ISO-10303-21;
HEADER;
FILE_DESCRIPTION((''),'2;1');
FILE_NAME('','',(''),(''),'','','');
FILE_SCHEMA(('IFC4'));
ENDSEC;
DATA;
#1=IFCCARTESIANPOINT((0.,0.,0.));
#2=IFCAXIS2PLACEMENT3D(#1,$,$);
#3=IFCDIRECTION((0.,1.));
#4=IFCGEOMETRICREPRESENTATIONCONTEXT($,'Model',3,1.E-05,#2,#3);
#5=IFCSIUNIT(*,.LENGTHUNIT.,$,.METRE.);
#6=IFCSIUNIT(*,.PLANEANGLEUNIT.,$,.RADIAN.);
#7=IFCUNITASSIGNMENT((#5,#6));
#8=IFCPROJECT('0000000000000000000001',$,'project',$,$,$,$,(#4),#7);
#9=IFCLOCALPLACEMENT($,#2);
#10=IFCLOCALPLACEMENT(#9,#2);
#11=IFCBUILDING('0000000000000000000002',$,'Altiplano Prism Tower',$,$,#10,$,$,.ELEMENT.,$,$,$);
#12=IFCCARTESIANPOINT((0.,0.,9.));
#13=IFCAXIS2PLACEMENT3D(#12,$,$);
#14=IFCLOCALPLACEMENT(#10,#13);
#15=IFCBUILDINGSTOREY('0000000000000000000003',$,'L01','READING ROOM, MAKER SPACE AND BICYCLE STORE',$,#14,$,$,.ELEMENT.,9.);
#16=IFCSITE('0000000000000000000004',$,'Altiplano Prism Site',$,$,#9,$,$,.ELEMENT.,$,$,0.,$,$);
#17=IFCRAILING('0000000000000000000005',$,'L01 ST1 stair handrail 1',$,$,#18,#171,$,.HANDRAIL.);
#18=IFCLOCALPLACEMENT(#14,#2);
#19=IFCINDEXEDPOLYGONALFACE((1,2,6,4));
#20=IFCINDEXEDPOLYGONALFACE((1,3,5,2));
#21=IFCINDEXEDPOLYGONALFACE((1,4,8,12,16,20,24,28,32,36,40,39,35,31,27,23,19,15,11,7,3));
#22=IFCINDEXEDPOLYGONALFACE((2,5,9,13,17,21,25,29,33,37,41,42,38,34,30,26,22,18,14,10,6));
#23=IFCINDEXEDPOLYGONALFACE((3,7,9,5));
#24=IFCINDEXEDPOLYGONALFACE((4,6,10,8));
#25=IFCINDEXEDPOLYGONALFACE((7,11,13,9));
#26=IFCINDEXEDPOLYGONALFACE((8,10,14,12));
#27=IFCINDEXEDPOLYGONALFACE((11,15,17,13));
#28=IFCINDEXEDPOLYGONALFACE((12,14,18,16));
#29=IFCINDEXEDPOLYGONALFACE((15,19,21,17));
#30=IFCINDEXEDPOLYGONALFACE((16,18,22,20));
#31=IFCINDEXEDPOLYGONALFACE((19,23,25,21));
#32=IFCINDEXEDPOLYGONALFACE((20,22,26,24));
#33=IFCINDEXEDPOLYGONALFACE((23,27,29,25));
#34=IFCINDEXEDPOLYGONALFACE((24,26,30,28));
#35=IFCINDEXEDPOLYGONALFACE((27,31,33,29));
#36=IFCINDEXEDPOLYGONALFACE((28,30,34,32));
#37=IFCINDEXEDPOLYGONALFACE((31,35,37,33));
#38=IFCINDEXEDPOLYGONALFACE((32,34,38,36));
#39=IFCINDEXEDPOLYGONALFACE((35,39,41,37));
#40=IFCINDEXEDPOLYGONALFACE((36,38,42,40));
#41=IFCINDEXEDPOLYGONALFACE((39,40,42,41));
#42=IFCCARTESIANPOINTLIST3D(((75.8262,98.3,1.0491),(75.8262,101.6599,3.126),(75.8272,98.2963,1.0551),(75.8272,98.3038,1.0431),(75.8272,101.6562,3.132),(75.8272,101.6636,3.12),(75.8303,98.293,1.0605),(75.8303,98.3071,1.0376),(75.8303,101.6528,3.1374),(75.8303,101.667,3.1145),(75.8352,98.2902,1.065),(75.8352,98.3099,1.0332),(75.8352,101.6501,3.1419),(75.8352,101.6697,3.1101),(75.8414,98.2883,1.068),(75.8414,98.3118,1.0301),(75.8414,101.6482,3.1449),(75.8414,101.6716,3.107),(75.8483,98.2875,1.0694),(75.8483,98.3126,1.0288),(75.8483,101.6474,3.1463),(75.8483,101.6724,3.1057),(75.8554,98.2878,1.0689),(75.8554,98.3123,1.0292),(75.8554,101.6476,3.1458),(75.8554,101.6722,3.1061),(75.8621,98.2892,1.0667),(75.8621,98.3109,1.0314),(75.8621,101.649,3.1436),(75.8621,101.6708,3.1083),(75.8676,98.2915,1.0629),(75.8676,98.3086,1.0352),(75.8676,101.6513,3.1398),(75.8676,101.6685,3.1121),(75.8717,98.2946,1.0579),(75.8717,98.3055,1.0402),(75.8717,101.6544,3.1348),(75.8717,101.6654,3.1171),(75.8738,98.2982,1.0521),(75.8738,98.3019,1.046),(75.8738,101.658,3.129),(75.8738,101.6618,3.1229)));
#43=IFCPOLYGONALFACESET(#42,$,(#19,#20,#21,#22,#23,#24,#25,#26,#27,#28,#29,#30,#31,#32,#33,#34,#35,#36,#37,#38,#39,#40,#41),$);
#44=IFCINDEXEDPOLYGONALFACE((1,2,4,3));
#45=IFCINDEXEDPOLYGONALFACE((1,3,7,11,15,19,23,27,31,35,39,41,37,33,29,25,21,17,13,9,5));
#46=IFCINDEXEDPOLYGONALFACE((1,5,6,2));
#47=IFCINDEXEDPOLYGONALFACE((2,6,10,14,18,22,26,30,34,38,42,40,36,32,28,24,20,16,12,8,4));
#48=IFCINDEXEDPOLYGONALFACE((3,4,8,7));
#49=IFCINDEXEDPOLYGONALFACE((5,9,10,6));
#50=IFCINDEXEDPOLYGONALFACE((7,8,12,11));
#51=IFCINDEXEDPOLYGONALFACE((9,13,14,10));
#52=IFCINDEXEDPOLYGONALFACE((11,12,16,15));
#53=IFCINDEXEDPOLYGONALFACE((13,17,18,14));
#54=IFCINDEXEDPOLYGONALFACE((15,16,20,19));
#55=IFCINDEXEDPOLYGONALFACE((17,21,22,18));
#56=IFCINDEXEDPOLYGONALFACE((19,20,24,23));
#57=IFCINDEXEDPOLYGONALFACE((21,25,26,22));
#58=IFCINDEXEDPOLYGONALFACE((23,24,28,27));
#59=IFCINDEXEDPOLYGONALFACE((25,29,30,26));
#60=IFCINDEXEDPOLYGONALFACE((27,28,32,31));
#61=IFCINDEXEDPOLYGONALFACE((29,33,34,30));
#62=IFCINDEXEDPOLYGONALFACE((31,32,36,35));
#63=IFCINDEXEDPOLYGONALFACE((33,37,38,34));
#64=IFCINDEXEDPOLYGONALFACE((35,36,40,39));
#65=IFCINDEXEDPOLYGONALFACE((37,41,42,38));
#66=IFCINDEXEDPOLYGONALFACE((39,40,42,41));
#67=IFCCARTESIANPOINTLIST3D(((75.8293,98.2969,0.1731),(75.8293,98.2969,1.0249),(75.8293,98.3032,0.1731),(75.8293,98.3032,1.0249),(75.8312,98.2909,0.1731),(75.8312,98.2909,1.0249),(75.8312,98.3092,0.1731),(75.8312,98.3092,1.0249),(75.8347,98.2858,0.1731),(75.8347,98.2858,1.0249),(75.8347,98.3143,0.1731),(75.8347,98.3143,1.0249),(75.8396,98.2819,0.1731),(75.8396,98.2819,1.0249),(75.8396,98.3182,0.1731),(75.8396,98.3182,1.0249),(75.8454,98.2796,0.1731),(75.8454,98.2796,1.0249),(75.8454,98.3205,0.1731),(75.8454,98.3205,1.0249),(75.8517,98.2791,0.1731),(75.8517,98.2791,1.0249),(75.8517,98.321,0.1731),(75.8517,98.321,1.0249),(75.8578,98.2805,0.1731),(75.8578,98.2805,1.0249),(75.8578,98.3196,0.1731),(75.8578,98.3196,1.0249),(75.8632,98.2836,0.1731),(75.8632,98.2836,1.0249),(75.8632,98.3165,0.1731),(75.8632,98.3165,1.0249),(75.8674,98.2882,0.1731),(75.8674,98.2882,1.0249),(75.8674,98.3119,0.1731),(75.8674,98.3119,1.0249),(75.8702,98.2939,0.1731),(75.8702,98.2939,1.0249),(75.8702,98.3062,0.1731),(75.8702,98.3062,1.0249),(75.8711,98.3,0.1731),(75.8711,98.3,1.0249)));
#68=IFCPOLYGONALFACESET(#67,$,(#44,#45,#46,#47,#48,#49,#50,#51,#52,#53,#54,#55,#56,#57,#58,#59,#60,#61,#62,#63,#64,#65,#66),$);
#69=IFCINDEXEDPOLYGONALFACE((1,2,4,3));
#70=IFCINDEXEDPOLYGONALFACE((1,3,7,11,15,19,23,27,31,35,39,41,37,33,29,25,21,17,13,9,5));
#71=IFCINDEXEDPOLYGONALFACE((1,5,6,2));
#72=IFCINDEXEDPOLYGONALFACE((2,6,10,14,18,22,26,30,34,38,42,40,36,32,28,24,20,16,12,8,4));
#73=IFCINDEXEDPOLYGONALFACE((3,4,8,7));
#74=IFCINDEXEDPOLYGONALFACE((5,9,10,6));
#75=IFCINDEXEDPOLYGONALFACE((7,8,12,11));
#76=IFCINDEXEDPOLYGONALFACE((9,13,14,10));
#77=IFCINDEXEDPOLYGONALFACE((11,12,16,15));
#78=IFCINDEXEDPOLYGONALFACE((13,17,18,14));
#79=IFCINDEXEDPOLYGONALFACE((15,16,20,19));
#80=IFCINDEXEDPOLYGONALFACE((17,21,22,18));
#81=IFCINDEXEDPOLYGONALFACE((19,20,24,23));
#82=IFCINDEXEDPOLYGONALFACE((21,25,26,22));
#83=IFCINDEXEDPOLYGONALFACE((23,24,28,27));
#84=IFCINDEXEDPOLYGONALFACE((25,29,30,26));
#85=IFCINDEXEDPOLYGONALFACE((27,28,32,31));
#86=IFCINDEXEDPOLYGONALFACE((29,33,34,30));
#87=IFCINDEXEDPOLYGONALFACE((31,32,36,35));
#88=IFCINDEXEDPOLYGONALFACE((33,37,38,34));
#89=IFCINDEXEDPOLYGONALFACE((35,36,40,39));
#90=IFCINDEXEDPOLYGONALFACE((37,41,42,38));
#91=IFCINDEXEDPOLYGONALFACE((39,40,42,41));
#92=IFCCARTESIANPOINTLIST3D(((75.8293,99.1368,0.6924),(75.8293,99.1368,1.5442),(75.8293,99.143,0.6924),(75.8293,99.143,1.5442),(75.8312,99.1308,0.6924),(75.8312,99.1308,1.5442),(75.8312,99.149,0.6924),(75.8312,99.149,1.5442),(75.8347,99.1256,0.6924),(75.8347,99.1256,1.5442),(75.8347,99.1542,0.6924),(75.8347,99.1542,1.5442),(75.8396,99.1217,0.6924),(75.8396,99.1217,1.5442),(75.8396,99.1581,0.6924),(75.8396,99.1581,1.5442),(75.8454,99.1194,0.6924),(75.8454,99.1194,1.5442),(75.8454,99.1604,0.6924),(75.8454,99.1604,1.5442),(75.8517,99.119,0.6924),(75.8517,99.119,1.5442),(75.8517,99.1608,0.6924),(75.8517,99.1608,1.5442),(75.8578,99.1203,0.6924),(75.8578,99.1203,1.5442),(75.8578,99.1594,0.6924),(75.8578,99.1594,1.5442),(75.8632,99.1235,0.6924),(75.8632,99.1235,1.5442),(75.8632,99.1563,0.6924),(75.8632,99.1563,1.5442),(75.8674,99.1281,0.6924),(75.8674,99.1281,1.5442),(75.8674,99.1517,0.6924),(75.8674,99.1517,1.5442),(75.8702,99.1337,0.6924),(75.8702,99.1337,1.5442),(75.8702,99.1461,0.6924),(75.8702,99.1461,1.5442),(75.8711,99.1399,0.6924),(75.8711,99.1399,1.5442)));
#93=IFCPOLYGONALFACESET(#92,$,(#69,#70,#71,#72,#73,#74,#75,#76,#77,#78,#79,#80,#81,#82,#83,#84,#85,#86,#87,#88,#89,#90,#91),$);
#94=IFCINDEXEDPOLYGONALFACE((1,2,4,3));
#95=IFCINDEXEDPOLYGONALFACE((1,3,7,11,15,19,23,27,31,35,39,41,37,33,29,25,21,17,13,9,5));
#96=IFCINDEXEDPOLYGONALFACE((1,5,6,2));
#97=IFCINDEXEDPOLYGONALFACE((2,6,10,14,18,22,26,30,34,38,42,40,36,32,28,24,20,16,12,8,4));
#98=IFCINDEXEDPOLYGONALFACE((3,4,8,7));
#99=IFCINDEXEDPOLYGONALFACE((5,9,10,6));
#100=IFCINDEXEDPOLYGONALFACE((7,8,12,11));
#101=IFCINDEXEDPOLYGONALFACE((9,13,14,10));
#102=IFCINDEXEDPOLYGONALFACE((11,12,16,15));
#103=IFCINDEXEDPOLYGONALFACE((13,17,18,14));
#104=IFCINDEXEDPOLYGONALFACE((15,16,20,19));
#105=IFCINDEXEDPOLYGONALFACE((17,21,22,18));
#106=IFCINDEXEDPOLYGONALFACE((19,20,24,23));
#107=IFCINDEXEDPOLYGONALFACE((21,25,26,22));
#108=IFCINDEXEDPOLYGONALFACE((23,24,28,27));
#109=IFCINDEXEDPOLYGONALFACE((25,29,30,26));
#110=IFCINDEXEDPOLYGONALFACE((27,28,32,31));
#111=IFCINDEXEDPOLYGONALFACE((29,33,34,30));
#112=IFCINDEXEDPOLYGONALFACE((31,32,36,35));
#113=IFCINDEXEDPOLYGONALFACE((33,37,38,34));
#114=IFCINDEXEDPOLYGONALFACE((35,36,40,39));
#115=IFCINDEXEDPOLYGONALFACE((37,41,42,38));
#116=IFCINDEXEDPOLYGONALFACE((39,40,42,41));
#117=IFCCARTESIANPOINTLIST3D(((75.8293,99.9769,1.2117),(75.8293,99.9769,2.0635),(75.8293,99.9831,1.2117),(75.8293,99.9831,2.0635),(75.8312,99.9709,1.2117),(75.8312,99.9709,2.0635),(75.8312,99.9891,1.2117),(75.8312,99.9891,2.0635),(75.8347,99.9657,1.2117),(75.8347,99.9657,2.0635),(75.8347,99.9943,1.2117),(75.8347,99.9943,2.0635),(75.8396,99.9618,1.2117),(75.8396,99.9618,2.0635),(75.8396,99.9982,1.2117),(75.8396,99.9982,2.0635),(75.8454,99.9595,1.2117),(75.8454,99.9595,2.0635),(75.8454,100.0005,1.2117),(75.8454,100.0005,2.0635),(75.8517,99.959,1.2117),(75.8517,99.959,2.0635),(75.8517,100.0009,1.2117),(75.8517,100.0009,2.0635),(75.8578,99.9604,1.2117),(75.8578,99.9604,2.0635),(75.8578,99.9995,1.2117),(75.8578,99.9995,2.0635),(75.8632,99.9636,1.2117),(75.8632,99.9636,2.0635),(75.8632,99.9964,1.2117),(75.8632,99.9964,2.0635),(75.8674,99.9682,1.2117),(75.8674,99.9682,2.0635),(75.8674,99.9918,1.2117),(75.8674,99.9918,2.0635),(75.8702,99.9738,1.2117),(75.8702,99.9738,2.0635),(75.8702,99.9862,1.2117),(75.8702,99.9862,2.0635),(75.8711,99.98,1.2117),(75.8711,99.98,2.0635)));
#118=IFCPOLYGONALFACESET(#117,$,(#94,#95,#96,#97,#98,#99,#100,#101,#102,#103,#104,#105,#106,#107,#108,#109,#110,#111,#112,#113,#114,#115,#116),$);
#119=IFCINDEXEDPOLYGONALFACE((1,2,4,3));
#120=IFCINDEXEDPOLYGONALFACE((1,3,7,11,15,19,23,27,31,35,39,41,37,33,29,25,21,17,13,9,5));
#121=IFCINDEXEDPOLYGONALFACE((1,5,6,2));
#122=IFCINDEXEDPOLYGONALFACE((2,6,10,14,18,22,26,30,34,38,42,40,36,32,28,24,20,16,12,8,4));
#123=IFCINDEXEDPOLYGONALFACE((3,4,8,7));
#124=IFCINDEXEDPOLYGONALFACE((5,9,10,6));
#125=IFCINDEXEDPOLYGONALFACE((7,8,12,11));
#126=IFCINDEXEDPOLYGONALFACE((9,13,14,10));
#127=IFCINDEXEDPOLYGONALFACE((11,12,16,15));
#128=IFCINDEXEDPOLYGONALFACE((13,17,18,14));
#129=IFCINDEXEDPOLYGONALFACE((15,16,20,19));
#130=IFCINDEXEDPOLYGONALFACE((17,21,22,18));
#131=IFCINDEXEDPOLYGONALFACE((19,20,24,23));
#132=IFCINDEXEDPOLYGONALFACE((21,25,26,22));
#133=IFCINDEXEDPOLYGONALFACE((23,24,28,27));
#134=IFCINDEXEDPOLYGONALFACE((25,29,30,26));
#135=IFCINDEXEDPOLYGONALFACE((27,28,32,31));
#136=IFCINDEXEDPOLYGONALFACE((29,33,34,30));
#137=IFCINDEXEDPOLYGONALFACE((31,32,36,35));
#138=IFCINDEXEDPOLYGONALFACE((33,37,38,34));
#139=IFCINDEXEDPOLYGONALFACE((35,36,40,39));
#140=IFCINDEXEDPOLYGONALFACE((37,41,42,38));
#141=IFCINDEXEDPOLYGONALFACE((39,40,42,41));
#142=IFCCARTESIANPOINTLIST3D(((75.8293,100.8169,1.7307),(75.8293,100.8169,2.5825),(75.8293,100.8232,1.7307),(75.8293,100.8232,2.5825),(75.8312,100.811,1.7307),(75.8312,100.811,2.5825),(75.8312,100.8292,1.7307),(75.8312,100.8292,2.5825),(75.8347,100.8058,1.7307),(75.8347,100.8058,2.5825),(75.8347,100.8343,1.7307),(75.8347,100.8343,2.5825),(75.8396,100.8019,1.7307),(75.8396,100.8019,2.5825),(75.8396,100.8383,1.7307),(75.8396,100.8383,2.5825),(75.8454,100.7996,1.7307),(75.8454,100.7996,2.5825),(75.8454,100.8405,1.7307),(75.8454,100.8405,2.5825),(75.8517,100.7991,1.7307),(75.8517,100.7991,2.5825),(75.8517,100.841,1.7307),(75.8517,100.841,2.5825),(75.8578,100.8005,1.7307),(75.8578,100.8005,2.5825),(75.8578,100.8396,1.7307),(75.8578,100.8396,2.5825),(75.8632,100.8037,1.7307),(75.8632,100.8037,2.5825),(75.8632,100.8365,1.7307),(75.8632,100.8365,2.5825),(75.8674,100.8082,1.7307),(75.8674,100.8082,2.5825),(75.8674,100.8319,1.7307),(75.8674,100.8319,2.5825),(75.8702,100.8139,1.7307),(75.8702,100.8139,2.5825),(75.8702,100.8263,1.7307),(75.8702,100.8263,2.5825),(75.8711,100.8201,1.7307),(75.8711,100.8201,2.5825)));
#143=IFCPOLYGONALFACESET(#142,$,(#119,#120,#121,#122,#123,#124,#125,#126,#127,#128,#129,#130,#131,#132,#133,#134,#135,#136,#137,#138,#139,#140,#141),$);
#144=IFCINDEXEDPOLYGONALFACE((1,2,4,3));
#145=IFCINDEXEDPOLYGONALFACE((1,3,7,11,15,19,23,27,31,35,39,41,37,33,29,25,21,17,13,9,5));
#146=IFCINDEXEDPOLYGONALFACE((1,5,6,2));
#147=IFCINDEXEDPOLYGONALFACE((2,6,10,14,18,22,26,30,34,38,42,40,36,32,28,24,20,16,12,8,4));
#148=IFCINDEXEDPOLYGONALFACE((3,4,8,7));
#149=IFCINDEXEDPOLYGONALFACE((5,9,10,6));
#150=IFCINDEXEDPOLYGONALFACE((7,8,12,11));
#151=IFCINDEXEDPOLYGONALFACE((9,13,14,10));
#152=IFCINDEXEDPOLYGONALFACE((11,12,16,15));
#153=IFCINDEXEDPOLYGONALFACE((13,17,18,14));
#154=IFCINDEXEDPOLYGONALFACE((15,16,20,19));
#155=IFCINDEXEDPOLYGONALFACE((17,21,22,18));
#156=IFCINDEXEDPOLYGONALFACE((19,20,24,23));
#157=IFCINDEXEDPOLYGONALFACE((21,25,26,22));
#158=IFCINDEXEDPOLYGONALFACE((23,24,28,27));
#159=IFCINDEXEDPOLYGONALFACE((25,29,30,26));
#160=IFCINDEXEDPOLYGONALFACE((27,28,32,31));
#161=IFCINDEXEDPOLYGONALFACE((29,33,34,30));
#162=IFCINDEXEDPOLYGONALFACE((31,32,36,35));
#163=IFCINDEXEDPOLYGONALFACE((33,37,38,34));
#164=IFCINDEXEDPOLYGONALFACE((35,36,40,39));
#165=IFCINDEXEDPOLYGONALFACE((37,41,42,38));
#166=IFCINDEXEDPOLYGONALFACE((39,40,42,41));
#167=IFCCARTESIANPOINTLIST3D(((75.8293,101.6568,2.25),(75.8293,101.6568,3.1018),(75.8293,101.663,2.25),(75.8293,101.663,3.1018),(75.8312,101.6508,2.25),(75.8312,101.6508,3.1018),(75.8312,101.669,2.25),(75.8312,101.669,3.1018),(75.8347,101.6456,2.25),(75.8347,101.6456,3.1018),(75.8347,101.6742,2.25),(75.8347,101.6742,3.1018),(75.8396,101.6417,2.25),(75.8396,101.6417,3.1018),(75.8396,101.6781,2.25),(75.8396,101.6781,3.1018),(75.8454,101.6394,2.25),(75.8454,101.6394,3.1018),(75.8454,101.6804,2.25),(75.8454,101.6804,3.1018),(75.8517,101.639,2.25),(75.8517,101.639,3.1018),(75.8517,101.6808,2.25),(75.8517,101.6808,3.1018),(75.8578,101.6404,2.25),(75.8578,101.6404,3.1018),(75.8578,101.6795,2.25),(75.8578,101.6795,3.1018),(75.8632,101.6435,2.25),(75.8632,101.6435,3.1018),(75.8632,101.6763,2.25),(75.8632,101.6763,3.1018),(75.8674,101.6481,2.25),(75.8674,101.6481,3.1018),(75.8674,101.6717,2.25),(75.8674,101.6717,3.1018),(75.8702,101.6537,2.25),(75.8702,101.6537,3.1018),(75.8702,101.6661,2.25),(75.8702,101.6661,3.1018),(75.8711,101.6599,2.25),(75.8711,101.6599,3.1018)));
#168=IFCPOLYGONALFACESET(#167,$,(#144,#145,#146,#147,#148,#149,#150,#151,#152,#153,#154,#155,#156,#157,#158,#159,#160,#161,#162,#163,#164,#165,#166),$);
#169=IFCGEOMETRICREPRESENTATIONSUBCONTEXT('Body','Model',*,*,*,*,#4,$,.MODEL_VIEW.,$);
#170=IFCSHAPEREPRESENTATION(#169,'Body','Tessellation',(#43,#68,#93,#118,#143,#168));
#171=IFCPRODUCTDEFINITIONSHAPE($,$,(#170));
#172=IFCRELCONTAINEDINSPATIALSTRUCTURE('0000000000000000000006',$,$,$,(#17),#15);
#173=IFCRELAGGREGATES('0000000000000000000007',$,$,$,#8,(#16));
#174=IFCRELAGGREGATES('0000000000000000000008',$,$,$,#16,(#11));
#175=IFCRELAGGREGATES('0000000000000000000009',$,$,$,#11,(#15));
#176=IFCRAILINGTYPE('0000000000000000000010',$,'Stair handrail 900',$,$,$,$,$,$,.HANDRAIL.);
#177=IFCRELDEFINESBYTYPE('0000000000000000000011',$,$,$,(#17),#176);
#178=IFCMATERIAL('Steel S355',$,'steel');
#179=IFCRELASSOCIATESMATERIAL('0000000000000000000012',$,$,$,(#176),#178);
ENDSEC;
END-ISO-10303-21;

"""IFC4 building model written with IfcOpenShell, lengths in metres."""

from ifc_helpers import new_model, si_unit, direction, frame, origin, origin_2d, place, context, subcontext, project, spatial, circle, extrude, material, type_object, element, save


model = new_model("IFC4")

# Units and contexts
model_context = context("Model", 3, precision=1e-05, world=origin(), true_north=direction((0.0, 1.0)))
body_context = subcontext(model_context, "Body", "Model", "MODEL_VIEW")
ifc_project = project(units=[si_unit("LENGTHUNIT", "METRE"), si_unit("PLANEANGLEUNIT", "RADIAN")], contexts=[model_context])

# Site, building, storey
site_placement = place(None, origin())
site = spatial("IfcSite", under=ifc_project, at=site_placement, Name="Altiplano Prism Site", CompositionType="ELEMENT", RefElevation=0.0)
building_placement = place(site_placement, origin())
building = spatial("IfcBuilding", under=site, at=building_placement, Name="Altiplano Prism Tower", CompositionType="ELEMENT")
storey_placement = place(building_placement, frame((0.0, 0.0, 9.0)))
storey = spatial("IfcBuildingStorey", under=building, at=storey_placement, Name="L01", Description="READING ROOM, MAKER SPACE AND BICYCLE STORE", CompositionType="ELEMENT", Elevation=9.0)

# Railing
ifc_material_1 = material(Name="Steel S355", Category="steel")
railing_type_1 = type_object("IfcRailingType", Name="Stair handrail 900", PredefinedType="HANDRAIL", material=ifc_material_1)
railing_1_placement = place(storey_placement, frame((75.8501, 98.3, 0.1731)))
element("IfcRailing", 1, at=railing_1_placement, inside=storey, type_object=railing_type_1, Name="L01 ST1 stair handrail 1", PredefinedType="HANDRAIL", context=body_context, shape_type="SweptSolid", body=[
    extrude(circle(Radius=0.0239, at=origin_2d()), frame((0.0, 0.0, 0.876), z_axis=(0.0, 0.850606, 0.525803), x_axis=(-1.0, 0.0, 0.0)), (0.0, 0.0, 1.0), 3.95),
    extrude(circle(Radius=0.021, at=origin_2d()), origin(), (0.0, 0.0, 1.0), 0.8518),
    extrude(circle(Radius=0.021, at=origin_2d()), frame((0.0, 0.8398, 0.5193)), (0.0, 0.0, 1.0), 0.8518),
    extrude(circle(Radius=0.021, at=origin_2d()), frame((0.0, 1.6799, 1.0386)), (0.0, 0.0, 1.0), 0.8518),
    extrude(circle(Radius=0.021, at=origin_2d()), frame((0.0, 2.52, 1.5576)), (0.0, 0.0, 1.0), 0.8518),
    extrude(circle(Radius=0.021, at=origin_2d()), frame((0.0, 3.3599, 2.0769)), (0.0, 0.0, 1.0), 0.8518),
])

save(model, "model.ifc")
